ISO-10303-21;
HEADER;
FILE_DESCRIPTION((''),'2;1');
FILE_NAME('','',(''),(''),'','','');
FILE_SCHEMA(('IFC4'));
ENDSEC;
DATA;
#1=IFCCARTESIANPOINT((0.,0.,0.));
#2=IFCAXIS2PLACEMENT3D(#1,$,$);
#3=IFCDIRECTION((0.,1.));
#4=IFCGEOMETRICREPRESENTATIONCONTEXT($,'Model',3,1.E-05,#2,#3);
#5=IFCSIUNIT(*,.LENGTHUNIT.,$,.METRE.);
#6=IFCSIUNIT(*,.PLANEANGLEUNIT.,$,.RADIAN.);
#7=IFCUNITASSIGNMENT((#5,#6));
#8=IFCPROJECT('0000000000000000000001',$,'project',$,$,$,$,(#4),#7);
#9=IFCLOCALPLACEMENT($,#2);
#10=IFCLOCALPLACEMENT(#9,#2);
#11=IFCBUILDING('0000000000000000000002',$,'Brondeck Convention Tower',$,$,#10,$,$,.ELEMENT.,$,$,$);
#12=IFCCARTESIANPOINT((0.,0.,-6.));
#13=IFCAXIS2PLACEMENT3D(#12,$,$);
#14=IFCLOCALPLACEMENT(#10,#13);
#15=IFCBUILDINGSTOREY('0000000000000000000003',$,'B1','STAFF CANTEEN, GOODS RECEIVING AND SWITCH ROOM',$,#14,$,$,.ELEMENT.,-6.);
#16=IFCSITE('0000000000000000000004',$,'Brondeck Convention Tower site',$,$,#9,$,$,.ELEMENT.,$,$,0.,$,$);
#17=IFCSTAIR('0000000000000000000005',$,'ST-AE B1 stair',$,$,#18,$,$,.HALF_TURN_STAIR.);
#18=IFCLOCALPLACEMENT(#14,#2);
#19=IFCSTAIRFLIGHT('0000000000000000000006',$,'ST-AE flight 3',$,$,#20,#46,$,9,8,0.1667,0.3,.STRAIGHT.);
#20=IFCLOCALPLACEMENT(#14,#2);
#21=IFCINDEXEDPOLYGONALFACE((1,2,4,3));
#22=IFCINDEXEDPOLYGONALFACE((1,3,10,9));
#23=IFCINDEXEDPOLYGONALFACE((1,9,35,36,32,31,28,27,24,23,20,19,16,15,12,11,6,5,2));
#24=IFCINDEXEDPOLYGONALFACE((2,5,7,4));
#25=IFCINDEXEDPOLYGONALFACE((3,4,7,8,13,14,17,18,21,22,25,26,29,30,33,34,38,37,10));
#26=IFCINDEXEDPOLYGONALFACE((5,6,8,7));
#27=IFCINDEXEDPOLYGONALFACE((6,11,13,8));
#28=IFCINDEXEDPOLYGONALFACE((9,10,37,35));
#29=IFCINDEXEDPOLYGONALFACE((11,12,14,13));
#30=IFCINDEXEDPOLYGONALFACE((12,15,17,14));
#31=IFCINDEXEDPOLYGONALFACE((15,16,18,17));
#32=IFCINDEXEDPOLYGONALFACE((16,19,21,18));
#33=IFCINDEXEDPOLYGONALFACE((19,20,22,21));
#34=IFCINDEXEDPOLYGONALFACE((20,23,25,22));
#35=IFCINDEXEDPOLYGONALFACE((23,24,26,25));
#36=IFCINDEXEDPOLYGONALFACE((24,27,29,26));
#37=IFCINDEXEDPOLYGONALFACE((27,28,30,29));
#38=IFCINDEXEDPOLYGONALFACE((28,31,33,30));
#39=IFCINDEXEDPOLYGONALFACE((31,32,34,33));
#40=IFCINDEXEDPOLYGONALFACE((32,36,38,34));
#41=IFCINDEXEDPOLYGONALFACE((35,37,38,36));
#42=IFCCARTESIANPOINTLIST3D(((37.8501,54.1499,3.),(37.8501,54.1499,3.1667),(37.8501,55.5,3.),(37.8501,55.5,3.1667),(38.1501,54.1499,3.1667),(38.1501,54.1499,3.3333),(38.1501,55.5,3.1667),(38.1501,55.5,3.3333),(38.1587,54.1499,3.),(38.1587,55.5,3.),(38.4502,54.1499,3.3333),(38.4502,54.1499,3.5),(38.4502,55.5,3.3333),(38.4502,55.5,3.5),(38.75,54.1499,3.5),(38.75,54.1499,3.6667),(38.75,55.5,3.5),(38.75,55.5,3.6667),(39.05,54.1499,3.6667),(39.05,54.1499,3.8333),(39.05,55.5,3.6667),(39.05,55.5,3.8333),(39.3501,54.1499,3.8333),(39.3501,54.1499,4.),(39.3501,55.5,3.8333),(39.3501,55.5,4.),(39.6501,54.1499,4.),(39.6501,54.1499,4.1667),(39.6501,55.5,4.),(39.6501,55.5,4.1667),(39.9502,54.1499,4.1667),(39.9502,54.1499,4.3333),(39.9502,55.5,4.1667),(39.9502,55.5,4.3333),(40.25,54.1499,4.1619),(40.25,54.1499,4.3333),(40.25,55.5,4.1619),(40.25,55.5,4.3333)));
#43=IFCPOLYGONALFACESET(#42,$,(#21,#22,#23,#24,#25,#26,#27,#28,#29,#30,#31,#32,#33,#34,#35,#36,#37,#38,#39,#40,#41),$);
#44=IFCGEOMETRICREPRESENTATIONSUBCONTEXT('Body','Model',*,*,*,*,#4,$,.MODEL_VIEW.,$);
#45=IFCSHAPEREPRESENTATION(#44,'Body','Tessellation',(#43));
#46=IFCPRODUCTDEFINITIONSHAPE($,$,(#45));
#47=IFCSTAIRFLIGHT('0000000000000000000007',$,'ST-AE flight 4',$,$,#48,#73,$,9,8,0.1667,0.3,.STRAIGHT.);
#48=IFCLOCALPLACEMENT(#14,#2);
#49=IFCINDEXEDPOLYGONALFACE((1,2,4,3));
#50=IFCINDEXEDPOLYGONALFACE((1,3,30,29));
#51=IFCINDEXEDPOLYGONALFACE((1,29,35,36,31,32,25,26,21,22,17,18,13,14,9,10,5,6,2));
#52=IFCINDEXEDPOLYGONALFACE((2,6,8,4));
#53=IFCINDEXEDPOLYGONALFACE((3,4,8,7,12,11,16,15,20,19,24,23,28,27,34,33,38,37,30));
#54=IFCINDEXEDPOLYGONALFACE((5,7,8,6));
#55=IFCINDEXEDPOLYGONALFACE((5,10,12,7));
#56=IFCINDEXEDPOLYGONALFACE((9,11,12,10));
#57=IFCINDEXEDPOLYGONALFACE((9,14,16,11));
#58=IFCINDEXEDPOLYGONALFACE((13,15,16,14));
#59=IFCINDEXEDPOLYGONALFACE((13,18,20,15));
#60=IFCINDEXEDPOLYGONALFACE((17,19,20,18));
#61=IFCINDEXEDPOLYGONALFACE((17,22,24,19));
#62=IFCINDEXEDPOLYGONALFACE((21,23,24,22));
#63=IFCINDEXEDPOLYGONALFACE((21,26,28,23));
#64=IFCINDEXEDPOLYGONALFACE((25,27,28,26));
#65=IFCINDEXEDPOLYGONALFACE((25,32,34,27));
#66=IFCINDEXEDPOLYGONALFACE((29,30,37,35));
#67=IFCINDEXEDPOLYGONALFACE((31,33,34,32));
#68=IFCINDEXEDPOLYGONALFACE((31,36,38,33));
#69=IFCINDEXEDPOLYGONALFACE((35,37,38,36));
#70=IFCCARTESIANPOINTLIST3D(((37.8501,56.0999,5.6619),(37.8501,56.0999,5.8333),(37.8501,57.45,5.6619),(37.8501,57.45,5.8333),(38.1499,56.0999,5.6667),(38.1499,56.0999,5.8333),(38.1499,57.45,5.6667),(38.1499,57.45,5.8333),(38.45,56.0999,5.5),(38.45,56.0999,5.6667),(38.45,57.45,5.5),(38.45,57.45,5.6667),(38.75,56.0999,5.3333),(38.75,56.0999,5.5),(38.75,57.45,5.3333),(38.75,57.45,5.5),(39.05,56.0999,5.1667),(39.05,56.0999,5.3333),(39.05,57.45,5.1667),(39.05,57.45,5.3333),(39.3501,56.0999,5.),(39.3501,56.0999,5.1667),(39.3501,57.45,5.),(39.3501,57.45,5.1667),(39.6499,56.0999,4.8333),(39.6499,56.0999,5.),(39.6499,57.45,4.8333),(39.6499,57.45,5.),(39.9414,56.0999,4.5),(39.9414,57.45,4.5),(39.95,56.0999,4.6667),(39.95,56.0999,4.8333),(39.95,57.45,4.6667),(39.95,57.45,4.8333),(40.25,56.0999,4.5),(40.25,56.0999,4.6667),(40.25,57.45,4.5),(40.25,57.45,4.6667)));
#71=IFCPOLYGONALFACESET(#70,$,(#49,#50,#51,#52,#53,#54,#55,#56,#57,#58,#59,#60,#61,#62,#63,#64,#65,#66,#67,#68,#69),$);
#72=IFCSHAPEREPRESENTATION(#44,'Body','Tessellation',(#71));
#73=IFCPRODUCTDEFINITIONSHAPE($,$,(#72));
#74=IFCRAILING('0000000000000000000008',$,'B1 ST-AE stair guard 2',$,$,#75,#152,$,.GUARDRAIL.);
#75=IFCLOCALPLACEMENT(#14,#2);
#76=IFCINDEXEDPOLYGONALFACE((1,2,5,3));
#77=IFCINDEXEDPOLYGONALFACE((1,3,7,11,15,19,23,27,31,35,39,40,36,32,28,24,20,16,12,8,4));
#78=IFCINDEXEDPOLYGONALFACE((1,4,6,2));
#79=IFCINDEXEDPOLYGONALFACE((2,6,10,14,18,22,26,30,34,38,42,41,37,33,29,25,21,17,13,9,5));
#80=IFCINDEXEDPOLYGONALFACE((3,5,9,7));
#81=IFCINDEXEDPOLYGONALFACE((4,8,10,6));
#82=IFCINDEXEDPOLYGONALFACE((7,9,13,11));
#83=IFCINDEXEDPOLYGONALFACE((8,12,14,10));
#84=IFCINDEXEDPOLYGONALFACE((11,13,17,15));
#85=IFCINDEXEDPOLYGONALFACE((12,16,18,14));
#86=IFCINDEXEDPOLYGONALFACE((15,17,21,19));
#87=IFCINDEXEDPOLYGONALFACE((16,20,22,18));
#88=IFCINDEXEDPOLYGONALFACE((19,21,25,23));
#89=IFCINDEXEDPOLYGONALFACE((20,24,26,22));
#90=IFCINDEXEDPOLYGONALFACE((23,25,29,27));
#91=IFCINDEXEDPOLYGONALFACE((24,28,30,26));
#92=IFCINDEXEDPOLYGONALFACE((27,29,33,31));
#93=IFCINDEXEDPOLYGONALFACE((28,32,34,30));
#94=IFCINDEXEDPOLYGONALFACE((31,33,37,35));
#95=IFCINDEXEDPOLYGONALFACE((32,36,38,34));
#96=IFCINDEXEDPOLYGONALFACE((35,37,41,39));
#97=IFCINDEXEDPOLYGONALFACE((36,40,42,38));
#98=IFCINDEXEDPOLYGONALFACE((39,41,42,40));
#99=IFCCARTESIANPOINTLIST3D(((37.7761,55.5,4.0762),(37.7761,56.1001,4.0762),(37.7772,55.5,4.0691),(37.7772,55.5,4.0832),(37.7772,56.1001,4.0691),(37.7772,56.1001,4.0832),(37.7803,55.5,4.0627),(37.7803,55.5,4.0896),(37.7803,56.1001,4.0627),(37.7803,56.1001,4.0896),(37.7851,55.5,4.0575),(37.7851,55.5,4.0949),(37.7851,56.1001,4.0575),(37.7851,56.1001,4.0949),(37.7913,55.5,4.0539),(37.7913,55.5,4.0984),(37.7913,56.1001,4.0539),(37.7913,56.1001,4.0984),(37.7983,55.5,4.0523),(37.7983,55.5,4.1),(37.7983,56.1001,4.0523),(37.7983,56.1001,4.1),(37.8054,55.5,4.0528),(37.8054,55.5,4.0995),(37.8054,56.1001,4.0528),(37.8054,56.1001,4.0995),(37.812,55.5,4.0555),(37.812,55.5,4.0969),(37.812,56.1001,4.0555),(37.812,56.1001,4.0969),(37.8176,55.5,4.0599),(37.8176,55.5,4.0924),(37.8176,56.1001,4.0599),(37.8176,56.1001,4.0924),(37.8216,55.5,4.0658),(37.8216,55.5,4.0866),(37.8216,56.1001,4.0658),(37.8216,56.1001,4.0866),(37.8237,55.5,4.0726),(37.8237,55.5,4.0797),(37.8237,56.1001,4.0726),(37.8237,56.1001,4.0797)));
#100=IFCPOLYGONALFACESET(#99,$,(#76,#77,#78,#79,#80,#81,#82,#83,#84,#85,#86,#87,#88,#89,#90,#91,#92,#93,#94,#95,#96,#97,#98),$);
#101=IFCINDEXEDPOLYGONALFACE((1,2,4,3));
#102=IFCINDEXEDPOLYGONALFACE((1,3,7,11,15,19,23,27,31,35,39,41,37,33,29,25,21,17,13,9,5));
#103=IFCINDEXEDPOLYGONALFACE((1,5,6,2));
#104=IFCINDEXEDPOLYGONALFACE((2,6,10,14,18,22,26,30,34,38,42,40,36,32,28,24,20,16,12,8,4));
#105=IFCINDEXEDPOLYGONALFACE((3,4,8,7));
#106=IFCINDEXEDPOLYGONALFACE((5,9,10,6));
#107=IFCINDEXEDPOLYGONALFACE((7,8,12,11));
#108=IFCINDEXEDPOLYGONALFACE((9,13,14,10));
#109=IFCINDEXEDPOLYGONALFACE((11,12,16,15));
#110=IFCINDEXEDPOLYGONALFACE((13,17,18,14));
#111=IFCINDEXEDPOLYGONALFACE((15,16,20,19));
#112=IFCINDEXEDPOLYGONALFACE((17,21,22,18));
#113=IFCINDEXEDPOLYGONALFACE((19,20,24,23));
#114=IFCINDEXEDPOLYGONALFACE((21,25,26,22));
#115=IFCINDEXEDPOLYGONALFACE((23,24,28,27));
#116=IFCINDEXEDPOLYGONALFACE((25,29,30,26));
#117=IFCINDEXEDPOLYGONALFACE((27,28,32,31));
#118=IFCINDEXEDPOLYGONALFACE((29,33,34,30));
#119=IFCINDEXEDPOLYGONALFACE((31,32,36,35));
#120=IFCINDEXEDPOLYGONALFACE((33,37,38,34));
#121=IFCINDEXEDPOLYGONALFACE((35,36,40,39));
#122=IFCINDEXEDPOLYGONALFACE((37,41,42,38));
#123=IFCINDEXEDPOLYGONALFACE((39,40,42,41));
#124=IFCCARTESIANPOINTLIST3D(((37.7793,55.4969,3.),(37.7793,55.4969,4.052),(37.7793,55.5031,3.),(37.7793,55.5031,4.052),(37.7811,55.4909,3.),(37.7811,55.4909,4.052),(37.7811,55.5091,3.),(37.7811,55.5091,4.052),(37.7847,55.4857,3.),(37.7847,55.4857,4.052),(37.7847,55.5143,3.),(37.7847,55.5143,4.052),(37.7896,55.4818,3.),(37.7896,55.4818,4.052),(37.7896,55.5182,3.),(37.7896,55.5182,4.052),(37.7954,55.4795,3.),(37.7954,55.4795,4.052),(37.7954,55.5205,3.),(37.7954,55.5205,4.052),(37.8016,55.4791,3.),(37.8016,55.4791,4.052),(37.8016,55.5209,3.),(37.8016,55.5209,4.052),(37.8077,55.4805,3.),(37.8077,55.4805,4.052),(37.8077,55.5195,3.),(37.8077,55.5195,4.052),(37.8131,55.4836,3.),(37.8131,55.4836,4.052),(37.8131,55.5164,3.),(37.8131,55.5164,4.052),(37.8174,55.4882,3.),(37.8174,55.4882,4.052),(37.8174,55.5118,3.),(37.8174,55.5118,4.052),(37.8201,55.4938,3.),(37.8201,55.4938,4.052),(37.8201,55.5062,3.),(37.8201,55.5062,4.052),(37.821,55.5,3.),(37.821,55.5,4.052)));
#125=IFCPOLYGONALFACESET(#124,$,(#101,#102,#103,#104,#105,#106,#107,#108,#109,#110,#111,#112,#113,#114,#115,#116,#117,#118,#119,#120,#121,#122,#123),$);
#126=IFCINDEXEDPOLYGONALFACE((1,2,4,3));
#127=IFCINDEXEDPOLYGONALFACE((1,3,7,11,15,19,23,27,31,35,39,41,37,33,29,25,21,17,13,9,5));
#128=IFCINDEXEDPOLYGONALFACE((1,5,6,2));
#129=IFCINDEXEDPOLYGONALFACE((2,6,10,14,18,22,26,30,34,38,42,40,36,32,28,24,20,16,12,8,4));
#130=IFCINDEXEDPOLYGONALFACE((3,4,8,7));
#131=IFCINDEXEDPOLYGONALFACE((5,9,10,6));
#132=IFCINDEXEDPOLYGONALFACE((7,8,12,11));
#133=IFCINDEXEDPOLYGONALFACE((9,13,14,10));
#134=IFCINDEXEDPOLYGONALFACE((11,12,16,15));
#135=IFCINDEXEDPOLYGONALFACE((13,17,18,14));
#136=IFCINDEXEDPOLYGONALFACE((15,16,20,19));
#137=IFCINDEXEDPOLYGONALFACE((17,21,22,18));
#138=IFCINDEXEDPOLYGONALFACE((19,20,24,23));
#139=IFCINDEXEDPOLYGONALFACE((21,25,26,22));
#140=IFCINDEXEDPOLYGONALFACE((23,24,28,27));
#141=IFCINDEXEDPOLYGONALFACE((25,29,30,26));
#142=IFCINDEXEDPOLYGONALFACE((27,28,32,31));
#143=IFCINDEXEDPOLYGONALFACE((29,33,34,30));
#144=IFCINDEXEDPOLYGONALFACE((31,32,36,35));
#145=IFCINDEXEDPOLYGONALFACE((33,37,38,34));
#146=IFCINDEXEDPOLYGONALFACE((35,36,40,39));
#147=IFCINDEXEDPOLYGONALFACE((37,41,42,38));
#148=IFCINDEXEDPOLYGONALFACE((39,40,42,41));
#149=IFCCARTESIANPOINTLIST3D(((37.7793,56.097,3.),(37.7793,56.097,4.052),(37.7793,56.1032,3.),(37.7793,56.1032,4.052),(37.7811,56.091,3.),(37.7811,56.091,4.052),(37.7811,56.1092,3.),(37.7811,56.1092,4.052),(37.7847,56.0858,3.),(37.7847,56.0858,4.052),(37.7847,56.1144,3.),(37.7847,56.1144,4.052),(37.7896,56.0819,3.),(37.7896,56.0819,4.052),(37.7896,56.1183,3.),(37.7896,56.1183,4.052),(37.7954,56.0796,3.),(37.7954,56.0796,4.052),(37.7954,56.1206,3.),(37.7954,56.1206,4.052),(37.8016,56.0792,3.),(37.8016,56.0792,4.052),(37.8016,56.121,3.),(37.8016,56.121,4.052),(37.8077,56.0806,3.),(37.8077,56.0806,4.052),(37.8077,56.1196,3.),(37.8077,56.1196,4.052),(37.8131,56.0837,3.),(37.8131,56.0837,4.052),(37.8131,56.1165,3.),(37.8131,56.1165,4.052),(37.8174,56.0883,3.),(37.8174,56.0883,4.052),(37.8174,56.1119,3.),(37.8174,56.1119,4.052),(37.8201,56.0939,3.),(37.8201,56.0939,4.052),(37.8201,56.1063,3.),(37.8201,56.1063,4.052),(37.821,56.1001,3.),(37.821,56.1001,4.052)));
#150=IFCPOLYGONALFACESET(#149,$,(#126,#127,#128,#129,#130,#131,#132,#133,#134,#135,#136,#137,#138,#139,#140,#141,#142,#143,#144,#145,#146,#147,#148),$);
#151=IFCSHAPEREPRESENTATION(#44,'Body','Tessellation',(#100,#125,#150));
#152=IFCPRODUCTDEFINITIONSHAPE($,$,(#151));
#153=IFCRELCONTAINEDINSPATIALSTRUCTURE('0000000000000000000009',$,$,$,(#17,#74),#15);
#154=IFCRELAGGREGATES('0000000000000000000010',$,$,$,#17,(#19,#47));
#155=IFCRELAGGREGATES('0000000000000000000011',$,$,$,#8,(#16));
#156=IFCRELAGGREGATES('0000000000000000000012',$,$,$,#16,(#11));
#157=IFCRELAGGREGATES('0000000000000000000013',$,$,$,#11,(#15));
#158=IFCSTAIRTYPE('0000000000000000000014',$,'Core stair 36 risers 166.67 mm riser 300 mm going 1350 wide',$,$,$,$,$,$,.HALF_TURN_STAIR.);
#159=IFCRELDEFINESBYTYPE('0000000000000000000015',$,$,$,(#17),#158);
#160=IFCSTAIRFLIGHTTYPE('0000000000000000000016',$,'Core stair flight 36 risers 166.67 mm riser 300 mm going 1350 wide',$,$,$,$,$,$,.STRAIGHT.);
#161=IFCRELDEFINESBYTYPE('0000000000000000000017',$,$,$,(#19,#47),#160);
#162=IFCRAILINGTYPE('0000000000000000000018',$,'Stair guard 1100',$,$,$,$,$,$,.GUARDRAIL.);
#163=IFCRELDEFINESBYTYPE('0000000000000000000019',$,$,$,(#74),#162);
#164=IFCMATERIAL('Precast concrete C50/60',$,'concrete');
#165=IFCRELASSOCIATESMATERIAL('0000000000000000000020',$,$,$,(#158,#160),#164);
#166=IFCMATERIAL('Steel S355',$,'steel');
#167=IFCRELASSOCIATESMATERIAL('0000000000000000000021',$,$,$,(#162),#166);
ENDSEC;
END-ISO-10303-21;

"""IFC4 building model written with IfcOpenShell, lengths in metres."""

from ifc_helpers import new_model, si_unit, direction, frame, origin, origin_2d, place, context, subcontext, project, spatial, polyline, circle, outline, extrude, material, type_object, element, aggregate, save


model = new_model("IFC4")

# Units and contexts
model_context = context("Model", 3, precision=1e-05, world=origin(), true_north=direction((0.0, 1.0)))
body_context = subcontext(model_context, "Body", "Model", "MODEL_VIEW")
ifc_project = project(units=[si_unit("LENGTHUNIT", "METRE"), si_unit("PLANEANGLEUNIT", "RADIAN")], contexts=[model_context])

# Site, building, storey
site_placement = place(None, origin())
site = spatial("IfcSite", under=ifc_project, at=site_placement, Name="Brondeck Convention Tower site", CompositionType="ELEMENT", RefElevation=0.0)
building_placement = place(site_placement, origin())
building = spatial("IfcBuilding", under=site, at=building_placement, Name="Brondeck Convention Tower", CompositionType="ELEMENT")
storey_placement = place(building_placement, frame((0.0, 0.0, -6.0)))
storey = spatial("IfcBuildingStorey", under=building, at=storey_placement, Name="B1", Description="STAFF CANTEEN, GOODS RECEIVING AND SWITCH ROOM", CompositionType="ELEMENT", Elevation=-6.0)

# Shared definitions
ifc_material_1 = material(Name="Steel S355", Category="steel")

# Stair, stair flights
ifc_material_2 = material(Name="Precast concrete C50/60", Category="concrete")
stair_type = type_object("IfcStairType", Name="Core stair 36 risers 166.67 mm riser 300 mm going 1350 wide", PredefinedType="HALF_TURN_STAIR", material=ifc_material_2)
stair_placement = place(storey_placement, origin())
stair = element("IfcStair", 1, at=stair_placement, inside=storey, type_object=stair_type, Name="ST-AE B1 stair", PredefinedType="HALF_TURN_STAIR")
stair_flight_type = type_object("IfcStairFlightType", Name="Core stair flight 36 risers 166.67 mm riser 300 mm going 1350 wide", PredefinedType="STRAIGHT", material=ifc_material_2)
stair_flight_1_placement = place(storey_placement, frame((37.8501, 54.825, 3.0), z_axis=(0.0, 0.0, 1.0), x_axis=(1.0, 0.0, 0.0)))
stair_flight_1 = element("IfcStairFlight", 2, at=stair_flight_1_placement, type_object=stair_flight_type, Name="ST-AE flight 3", NumberOfRisers=9, NumberOfTreads=8, PredefinedType="STRAIGHT", RiserHeight=0.1667, TreadLength=0.3, context=body_context, shape_type="SweptSolid", body=[
    extrude(outline(polyline([(0.0, 0.0), (0.0, 0.1667), (0.3, 0.1667), (0.3, 0.3333), (0.6001, 0.3333), (0.6001, 0.5), (0.8999, 0.5), (0.8999, 0.6667), (1.2, 0.6667), (1.2, 0.8333), (1.5, 0.8333), (1.5, 1.0), (1.8, 1.0), (1.8, 1.1667), (2.1001, 1.1667), (2.1001, 1.3333), (2.3999, 1.3333), (2.3999, 1.5), (2.3999, 1.1619), (0.3086, 0.0), (0.0, 0.0)])), frame((0.0, 0.675, 0.0), z_axis=(0.0, -1.0, 0.0), x_axis=(1.0, 0.0, 0.0)), (0.0, 0.0, 1.0), 1.3501),
])
stair_flight_2_placement = place(storey_placement, frame((40.25, 56.7749, 4.5), z_axis=(0.0, 0.0, 1.0), x_axis=(-1.0, 0.0, 0.0)))
stair_flight_2 = element("IfcStairFlight", 3, at=stair_flight_2_placement, type_object=stair_flight_type, Name="ST-AE flight 4", NumberOfRisers=9, NumberOfTreads=8, PredefinedType="STRAIGHT", RiserHeight=0.1667, TreadLength=0.3, context=body_context, shape_type="SweptSolid", body=[
    extrude(outline(polyline([(0.0, 0.0), (0.0, 0.1667), (0.3, 0.1667), (0.3, 0.3333), (0.6001, 0.3333), (0.6001, 0.5), (0.8999, 0.5), (0.8999, 0.6667), (1.2, 0.6667), (1.2, 0.8333), (1.5, 0.8333), (1.5, 1.0), (1.8, 1.0), (1.8, 1.1667), (2.1001, 1.1667), (2.1001, 1.3333), (2.3999, 1.3333), (2.3999, 1.5), (2.3999, 1.1619), (0.3086, 0.0), (0.0, 0.0)])), frame((0.0, 0.675, 0.0), z_axis=(0.0, -1.0, 0.0), x_axis=(1.0, 0.0, 0.0)), (0.0, 0.0, 1.0), 1.3501),
])
aggregate(stair, [stair_flight_1, stair_flight_2])

# Railing
railing_type_1 = type_object("IfcRailingType", Name="Stair guard 1100", PredefinedType="GUARDRAIL", material=ifc_material_1)
railing_1_placement = place(storey_placement, frame((37.8, 55.5, 3.0)))
element("IfcRailing", 4, at=railing_1_placement, inside=storey, type_object=railing_type_1, Name="B1 ST-AE stair guard 2", PredefinedType="GUARDRAIL", context=body_context, shape_type="SweptSolid", body=[
    extrude(circle(Radius=0.0239, at=origin_2d()), frame((0.0, 0.0, 1.0762), z_axis=(0.0, 1.0, 0.0), x_axis=(-1.0, 0.0, 0.0)), (0.0, 0.0, 1.0), 0.6001),
    extrude(circle(Radius=0.021, at=origin_2d()), origin(), (0.0, 0.0, 1.0), 1.052),
    extrude(circle(Radius=0.021, at=origin_2d()), frame((0.0, 0.6001, 0.0)), (0.0, 0.0, 1.0), 1.052),
])

save(model, "model.ifc")
